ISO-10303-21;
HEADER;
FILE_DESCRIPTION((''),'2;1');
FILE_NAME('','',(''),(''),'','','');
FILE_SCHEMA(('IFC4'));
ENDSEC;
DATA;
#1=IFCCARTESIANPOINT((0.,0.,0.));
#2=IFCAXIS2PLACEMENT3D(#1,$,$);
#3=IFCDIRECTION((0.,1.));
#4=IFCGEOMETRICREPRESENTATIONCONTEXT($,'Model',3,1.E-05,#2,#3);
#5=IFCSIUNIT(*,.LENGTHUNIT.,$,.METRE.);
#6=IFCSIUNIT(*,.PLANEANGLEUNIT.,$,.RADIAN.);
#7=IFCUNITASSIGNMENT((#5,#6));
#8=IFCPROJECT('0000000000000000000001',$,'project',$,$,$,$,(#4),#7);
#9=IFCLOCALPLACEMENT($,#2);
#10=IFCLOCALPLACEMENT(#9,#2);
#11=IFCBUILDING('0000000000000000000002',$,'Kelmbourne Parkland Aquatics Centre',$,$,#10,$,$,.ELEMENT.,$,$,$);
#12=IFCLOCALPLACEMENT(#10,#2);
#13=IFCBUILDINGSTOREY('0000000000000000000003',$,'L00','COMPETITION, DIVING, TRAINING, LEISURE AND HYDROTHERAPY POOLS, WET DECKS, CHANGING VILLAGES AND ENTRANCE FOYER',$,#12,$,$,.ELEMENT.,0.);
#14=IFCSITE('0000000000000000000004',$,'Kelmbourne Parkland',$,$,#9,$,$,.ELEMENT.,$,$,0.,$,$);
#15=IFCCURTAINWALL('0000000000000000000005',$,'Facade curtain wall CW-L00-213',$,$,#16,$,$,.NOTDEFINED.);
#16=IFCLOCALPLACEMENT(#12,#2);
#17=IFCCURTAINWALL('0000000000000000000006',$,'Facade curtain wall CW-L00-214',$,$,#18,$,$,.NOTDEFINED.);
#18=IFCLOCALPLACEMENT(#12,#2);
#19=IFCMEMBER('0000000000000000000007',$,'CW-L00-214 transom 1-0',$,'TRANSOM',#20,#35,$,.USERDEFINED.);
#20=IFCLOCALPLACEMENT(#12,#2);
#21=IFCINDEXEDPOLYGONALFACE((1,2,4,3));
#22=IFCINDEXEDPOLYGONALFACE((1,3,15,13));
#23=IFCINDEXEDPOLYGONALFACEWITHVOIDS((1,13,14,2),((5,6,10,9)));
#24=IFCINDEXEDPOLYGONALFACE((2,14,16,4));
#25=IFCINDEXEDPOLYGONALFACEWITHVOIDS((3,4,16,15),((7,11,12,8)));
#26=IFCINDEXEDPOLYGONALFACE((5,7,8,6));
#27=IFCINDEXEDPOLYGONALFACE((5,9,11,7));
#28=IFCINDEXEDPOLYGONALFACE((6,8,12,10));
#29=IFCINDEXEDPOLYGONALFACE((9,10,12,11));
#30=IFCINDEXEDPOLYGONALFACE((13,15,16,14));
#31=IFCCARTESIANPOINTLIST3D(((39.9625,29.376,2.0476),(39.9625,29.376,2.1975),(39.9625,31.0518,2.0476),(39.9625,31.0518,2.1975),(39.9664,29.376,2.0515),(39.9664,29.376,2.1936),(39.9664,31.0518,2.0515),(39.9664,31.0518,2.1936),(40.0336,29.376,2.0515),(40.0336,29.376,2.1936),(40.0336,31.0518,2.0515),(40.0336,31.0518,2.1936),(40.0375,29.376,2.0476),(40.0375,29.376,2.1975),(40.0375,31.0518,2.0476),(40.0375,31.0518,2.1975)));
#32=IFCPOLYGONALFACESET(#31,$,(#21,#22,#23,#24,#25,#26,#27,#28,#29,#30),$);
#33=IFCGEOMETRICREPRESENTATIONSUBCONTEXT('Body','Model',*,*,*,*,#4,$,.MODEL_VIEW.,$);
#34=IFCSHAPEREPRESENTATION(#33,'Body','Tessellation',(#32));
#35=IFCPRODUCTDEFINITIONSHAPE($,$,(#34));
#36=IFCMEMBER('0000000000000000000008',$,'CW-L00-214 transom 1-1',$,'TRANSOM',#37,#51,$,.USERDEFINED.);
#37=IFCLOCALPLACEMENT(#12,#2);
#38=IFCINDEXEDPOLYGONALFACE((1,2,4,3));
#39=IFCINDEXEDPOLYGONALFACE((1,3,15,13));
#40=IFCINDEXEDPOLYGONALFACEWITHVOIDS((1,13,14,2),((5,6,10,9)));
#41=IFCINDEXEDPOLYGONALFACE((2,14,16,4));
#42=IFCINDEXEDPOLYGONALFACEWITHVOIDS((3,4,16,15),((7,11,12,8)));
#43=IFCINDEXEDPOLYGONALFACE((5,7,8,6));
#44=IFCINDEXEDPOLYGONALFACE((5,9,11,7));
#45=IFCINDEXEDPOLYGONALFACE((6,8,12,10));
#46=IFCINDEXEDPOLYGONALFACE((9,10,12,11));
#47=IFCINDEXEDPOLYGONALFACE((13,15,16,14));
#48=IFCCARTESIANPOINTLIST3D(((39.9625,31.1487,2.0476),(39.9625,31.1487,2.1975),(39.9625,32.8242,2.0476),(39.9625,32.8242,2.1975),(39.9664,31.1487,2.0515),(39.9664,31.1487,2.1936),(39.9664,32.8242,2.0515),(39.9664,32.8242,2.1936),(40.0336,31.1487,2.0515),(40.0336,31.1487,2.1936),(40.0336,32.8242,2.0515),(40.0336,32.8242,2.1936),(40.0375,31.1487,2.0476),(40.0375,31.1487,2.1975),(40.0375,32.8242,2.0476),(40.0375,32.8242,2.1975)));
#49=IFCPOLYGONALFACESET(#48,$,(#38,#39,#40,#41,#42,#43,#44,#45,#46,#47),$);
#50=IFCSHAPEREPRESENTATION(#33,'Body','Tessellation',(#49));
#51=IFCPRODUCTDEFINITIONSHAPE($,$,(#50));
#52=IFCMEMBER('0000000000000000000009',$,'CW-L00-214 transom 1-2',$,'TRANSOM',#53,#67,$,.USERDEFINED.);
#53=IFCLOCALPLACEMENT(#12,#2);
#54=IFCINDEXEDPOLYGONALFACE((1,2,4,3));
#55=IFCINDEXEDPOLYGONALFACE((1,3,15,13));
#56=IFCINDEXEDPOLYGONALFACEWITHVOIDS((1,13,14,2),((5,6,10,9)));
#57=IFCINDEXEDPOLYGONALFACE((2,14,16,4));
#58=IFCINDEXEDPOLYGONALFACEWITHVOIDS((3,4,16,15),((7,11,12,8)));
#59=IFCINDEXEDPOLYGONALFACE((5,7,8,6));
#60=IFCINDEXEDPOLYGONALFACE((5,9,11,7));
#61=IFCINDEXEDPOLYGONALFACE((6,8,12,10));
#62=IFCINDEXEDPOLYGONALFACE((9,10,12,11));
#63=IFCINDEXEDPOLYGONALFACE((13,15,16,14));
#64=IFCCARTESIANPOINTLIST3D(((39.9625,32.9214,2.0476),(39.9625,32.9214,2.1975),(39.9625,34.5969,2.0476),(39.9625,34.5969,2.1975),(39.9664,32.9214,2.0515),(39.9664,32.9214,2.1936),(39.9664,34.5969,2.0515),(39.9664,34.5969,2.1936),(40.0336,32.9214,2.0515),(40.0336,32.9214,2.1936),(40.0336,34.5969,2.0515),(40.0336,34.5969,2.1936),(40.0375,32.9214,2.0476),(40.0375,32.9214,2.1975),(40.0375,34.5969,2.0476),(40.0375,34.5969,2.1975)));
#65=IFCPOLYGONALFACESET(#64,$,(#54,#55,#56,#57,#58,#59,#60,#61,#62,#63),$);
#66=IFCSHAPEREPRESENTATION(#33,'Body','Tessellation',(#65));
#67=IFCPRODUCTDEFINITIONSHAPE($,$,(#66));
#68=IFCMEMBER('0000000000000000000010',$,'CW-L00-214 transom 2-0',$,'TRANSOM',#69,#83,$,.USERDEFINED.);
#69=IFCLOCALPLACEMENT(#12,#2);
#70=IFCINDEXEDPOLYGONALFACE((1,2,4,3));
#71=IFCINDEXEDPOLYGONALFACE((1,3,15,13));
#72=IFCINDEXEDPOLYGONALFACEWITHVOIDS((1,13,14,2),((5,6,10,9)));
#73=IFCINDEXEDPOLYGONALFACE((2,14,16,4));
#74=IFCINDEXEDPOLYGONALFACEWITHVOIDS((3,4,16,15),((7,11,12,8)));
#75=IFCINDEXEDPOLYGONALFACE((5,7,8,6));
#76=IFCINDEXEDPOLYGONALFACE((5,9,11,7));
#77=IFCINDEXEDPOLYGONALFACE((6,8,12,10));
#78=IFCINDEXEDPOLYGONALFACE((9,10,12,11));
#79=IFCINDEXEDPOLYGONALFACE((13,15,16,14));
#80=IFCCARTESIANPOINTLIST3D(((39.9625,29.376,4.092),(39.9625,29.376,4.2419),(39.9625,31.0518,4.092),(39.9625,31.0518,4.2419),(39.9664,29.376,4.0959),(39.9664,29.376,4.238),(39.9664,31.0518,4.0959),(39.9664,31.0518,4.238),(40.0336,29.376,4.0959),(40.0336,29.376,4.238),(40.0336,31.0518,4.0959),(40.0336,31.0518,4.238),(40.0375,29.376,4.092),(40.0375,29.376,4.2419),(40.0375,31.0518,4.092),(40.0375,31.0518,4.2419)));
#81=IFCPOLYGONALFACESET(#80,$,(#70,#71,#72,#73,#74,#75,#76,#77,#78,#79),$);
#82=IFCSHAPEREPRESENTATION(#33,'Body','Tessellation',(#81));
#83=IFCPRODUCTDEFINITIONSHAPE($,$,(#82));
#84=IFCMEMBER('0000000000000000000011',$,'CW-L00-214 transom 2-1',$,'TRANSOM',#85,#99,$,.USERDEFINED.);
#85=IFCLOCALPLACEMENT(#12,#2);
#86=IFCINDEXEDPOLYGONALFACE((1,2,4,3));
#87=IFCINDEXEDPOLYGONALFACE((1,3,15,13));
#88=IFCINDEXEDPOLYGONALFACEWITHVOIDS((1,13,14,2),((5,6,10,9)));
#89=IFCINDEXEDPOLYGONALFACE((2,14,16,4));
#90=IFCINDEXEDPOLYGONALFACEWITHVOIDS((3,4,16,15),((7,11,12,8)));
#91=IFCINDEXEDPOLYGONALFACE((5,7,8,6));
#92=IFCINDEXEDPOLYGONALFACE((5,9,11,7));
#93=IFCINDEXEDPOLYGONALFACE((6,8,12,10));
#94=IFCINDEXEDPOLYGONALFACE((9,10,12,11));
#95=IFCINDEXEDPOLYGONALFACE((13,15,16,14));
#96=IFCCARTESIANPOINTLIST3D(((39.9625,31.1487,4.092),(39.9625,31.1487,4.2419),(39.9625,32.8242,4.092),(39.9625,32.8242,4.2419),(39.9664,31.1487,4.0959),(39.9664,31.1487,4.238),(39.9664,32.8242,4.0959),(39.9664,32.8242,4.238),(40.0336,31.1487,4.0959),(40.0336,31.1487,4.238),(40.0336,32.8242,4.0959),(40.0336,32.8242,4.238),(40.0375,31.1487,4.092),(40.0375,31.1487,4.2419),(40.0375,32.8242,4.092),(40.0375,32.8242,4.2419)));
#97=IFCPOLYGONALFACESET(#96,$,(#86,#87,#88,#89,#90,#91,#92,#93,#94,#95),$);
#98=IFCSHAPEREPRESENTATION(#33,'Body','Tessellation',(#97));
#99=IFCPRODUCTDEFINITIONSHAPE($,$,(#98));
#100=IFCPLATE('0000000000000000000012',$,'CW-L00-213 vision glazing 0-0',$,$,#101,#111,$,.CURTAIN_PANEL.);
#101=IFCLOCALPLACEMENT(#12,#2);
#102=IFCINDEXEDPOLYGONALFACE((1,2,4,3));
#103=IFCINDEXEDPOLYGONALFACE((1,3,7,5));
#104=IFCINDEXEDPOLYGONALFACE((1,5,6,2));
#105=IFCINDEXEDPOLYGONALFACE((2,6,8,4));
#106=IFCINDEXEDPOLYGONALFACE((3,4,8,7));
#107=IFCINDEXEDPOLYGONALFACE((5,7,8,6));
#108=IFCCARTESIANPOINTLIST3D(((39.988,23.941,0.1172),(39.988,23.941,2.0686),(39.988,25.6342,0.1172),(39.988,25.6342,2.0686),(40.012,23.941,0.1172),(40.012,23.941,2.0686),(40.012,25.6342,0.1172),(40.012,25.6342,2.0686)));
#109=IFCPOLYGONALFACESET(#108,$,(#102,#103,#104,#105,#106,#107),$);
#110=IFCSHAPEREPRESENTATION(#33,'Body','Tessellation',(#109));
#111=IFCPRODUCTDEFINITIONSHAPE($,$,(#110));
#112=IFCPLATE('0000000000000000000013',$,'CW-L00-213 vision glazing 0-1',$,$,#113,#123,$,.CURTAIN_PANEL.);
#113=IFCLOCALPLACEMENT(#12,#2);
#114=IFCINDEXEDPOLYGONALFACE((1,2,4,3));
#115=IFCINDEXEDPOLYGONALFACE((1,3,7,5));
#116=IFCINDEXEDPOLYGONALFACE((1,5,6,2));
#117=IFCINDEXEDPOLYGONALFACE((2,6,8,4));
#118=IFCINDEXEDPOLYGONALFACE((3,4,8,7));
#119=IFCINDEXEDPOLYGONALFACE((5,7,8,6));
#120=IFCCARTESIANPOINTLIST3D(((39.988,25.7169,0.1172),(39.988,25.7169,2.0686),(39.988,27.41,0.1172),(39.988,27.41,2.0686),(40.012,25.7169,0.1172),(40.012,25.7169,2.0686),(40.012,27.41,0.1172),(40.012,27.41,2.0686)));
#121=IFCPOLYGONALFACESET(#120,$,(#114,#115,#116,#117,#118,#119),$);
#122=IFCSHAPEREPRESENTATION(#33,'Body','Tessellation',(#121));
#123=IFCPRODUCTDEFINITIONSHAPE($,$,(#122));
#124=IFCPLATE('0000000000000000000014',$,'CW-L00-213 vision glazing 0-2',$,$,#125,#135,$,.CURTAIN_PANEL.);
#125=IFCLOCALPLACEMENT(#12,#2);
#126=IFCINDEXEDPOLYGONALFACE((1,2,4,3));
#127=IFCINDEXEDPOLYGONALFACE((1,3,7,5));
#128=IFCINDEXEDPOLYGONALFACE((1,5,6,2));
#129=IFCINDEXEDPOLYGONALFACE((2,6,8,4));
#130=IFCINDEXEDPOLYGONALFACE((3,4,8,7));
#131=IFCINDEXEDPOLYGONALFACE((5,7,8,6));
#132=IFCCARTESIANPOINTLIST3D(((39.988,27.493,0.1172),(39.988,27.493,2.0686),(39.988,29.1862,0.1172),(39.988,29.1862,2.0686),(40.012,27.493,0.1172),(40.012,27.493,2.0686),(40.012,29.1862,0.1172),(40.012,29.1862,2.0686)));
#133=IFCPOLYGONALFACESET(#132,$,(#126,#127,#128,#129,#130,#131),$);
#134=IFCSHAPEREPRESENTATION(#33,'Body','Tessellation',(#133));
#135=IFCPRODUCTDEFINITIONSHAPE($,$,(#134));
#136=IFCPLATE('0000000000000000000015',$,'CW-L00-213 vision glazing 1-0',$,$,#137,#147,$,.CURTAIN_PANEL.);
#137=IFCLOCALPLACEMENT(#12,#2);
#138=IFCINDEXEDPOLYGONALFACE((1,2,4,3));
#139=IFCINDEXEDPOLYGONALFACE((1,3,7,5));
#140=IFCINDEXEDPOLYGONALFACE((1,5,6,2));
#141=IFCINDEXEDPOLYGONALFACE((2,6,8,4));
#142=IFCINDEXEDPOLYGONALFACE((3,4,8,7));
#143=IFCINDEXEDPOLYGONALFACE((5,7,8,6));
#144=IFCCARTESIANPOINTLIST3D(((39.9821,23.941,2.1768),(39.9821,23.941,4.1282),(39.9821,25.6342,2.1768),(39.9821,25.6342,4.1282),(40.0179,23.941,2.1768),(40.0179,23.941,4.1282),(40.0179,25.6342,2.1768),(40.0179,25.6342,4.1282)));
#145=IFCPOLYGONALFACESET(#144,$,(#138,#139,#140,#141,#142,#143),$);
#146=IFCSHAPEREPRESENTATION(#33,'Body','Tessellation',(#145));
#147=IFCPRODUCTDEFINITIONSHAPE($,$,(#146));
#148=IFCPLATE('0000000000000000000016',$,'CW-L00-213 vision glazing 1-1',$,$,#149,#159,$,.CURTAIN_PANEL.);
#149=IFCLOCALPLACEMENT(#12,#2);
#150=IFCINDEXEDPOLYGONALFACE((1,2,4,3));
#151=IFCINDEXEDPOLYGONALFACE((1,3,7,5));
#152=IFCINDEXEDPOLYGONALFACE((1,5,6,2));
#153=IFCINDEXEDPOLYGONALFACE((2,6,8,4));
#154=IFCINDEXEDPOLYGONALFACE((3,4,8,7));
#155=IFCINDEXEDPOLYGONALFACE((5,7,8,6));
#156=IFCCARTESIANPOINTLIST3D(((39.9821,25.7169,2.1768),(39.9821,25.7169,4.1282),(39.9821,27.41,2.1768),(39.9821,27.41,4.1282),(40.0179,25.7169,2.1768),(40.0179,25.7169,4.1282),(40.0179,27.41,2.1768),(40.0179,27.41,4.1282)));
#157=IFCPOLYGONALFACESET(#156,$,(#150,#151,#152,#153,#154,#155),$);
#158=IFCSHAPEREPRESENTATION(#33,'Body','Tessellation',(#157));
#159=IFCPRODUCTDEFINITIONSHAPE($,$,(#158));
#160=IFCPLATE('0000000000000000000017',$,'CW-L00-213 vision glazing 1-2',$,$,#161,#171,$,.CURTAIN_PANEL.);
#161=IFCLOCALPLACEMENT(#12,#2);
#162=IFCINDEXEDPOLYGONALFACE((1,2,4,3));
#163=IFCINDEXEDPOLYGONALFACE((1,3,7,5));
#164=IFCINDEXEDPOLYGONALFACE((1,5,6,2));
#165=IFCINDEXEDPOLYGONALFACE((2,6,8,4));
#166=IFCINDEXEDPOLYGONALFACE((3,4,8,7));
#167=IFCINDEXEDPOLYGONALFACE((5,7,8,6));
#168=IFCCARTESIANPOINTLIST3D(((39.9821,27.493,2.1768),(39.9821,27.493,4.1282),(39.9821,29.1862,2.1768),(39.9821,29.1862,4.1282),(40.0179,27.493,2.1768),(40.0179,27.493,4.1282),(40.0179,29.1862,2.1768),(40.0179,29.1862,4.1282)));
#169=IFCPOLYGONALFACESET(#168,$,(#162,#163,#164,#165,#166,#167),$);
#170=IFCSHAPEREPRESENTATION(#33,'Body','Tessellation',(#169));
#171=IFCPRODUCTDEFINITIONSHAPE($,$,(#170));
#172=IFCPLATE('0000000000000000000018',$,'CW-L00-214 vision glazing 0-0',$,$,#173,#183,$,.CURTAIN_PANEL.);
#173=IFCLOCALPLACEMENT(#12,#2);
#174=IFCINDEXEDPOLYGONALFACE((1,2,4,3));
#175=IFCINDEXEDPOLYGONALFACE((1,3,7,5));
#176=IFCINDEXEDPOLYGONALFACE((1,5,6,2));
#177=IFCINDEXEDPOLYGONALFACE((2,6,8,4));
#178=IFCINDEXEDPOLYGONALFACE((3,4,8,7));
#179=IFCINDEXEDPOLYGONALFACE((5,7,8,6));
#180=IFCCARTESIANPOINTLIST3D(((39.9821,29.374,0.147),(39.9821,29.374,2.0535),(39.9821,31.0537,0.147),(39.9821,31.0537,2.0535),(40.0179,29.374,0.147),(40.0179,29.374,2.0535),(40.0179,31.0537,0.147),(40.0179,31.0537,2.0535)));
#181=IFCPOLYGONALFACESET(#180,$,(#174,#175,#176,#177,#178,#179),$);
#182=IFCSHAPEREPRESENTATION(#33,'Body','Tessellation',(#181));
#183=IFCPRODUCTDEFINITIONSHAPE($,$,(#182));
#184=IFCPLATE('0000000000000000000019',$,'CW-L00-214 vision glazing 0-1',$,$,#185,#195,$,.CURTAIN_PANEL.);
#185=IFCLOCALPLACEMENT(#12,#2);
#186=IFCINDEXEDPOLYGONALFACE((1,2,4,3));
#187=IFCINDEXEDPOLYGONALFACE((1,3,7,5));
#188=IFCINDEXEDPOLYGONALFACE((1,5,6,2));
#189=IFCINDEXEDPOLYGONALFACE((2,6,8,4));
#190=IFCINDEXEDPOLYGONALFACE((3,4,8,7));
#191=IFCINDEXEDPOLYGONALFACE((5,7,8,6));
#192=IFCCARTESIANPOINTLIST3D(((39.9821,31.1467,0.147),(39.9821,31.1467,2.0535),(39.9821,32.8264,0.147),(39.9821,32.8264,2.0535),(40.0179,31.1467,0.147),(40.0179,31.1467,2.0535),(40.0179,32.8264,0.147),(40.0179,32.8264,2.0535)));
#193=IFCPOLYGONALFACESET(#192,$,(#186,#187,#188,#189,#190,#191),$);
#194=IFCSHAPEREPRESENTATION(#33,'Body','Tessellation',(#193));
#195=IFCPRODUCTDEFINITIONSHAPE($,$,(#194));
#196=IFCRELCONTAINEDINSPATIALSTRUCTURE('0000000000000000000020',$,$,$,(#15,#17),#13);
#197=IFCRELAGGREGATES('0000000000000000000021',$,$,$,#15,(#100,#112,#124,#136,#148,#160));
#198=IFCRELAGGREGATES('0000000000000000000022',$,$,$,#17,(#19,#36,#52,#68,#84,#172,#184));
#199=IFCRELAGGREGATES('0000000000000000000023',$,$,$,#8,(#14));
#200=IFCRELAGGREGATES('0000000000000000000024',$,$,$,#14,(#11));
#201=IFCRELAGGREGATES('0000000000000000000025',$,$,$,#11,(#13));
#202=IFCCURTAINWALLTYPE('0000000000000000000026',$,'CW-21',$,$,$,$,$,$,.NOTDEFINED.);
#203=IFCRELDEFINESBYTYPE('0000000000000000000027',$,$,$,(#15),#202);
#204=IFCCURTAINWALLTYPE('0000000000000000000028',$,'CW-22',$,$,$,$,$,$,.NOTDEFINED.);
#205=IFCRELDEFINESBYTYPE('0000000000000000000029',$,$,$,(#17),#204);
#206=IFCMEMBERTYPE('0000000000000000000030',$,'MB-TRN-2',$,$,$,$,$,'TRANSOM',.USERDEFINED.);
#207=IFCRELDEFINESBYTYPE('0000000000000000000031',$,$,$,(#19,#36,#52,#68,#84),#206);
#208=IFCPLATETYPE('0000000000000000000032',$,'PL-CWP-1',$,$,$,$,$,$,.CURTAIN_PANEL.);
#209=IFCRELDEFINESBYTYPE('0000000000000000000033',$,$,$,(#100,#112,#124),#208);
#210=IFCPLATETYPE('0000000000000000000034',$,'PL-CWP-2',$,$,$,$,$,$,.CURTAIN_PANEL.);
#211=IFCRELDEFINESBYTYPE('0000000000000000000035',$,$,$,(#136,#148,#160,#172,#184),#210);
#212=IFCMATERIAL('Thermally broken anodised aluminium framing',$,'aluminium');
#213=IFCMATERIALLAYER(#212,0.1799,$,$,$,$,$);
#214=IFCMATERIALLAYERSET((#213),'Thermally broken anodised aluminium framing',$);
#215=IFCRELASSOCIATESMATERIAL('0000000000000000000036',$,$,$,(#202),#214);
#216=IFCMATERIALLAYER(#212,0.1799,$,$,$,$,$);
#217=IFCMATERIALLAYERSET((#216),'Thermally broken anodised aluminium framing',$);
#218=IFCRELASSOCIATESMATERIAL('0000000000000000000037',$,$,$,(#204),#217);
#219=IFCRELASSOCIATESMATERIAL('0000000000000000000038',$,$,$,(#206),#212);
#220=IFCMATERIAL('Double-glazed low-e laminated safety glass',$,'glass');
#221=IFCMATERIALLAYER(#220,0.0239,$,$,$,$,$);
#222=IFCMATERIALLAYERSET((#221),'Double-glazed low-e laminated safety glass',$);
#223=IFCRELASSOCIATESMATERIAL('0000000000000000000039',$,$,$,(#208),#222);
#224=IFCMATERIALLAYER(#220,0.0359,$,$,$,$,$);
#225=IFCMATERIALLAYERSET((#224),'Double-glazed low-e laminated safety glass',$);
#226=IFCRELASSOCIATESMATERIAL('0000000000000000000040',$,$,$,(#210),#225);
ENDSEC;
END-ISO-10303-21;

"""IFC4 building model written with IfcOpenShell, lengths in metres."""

from ifc_helpers import new_model, si_unit, direction, frame, origin, origin_2d, place, context, subcontext, project, spatial, rectangle, hollow_rectangle, extrude, material, layer, layer_set, material_profile, profile_set, type_object, element, aggregate, save


model = new_model("IFC4")

# Units and contexts
model_context = context("Model", 3, precision=1e-05, world=origin(), true_north=direction((0.0, 1.0)))
body_context = subcontext(model_context, "Body", "Model", "MODEL_VIEW")
ifc_project = project(units=[si_unit("LENGTHUNIT", "METRE"), si_unit("PLANEANGLEUNIT", "RADIAN")], contexts=[model_context])

# Site, building, storey
site_placement = place(None, origin())
site = spatial("IfcSite", under=ifc_project, at=site_placement, Name="Kelmbourne Parkland", CompositionType="ELEMENT", RefElevation=0.0)
building_placement = place(site_placement, origin())
building = spatial("IfcBuilding", under=site, at=building_placement, Name="Kelmbourne Parkland Aquatics Centre", CompositionType="ELEMENT")
storey_placement = place(building_placement, origin())
storey = spatial("IfcBuildingStorey", under=building, at=storey_placement, Name="L00", Description="COMPETITION, DIVING, TRAINING, LEISURE AND HYDROTHERAPY POOLS, WET DECKS, CHANGING VILLAGES AND ENTRANCE FOYER", CompositionType="ELEMENT", Elevation=0.0)

# Curtain walls
ifc_material_1 = material(Name="Thermally broken anodised aluminium framing", Category="aluminium")
ifc_layer_1 = layer(ifc_material_1, 0.1799)
ifc_layer_set_1 = layer_set([ifc_layer_1], Name="Thermally broken anodised aluminium framing")
curtain_wall_type_1 = type_object("IfcCurtainWallType", Name="CW-21", PredefinedType="NOTDEFINED", material=ifc_layer_set_1)
curtain_wall_1_placement = place(storey_placement, origin())
curtain_wall_1 = element("IfcCurtainWall", 1, at=curtain_wall_1_placement, inside=storey, type_object=curtain_wall_type_1, Name="Facade curtain wall CW-L00-213", PredefinedType="NOTDEFINED")
ifc_layer_2 = layer(ifc_material_1, 0.1799)
ifc_layer_set_2 = layer_set([ifc_layer_2], Name="Thermally broken anodised aluminium framing")
curtain_wall_type_2 = type_object("IfcCurtainWallType", Name="CW-22", PredefinedType="NOTDEFINED", material=ifc_layer_set_2)
curtain_wall_2_placement = place(storey_placement, origin())
curtain_wall_2 = element("IfcCurtainWall", 2, at=curtain_wall_2_placement, inside=storey, type_object=curtain_wall_type_2, Name="Facade curtain wall CW-L00-214", PredefinedType="NOTDEFINED")

# Members
ifc_material_profile_1 = material_profile(ifc_material_1, hollow_rectangle(XDim=0.075, YDim=0.1499, WallThickness=0.0039, at=origin_2d()), Name="CW-T 75x150")
ifc_profile_set_1 = profile_set([ifc_material_profile_1], Name="Thermally broken anodised aluminium framing")
member_type_1 = type_object("IfcMemberType", Name="MB-TRN-2", ElementType="TRANSOM", PredefinedType="USERDEFINED", material=ifc_profile_set_1)
member_1_placement = place(storey_placement, frame((40.0, 29.376, 2.1226), z_axis=(0.0, 1.0, 0.0), x_axis=(-1.0, 0.0, 0.0)))
member_1 = element("IfcMember", 3, at=member_1_placement, type_object=member_type_1, Name="CW-L00-214 transom 1-0", ObjectType="TRANSOM", PredefinedType="USERDEFINED", context=body_context, shape_type="SweptSolid", body=[
    extrude(hollow_rectangle(XDim=0.075, YDim=0.1499, WallThickness=0.0039, at=origin_2d()), origin(), (0.0, 0.0, 1.0), 1.6758),
])
member_2_placement = place(storey_placement, frame((40.0, 31.1487, 2.1226), z_axis=(0.0, 1.0, 0.0), x_axis=(-1.0, 0.0, 0.0)))
member_2 = element("IfcMember", 4, at=member_2_placement, type_object=member_type_1, Name="CW-L00-214 transom 1-1", ObjectType="TRANSOM", PredefinedType="USERDEFINED", context=body_context, shape_type="SweptSolid", body=[
    extrude(hollow_rectangle(XDim=0.075, YDim=0.1499, WallThickness=0.0039, at=origin_2d()), origin(), (0.0, 0.0, 1.0), 1.6755),
])
member_3_placement = place(storey_placement, frame((40.0, 32.9214, 2.1226), z_axis=(0.0, 1.0, 0.0), x_axis=(-1.0, 0.0, 0.0)))
member_3 = element("IfcMember", 5, at=member_3_placement, type_object=member_type_1, Name="CW-L00-214 transom 1-2", ObjectType="TRANSOM", PredefinedType="USERDEFINED", context=body_context, shape_type="SweptSolid", body=[
    extrude(hollow_rectangle(XDim=0.075, YDim=0.1499, WallThickness=0.0039, at=origin_2d()), origin(), (0.0, 0.0, 1.0), 1.6755),
])
member_4_placement = place(storey_placement, frame((40.0, 29.376, 4.167), z_axis=(0.0, 1.0, 0.0), x_axis=(-1.0, 0.0, 0.0)))
member_4 = element("IfcMember", 6, at=member_4_placement, type_object=member_type_1, Name="CW-L00-214 transom 2-0", ObjectType="TRANSOM", PredefinedType="USERDEFINED", context=body_context, shape_type="SweptSolid", body=[
    extrude(hollow_rectangle(XDim=0.075, YDim=0.1499, WallThickness=0.0039, at=origin_2d()), origin(), (0.0, 0.0, 1.0), 1.6758),
])
member_5_placement = place(storey_placement, frame((40.0, 31.1487, 4.167), z_axis=(0.0, 1.0, 0.0), x_axis=(-1.0, 0.0, 0.0)))
member_5 = element("IfcMember", 7, at=member_5_placement, type_object=member_type_1, Name="CW-L00-214 transom 2-1", ObjectType="TRANSOM", PredefinedType="USERDEFINED", context=body_context, shape_type="SweptSolid", body=[
    extrude(hollow_rectangle(XDim=0.075, YDim=0.1499, WallThickness=0.0039, at=origin_2d()), origin(), (0.0, 0.0, 1.0), 1.6755),
])

# Plates
ifc_material_2 = material(Name="Double-glazed low-e laminated safety glass", Category="glass")
ifc_layer_3 = layer(ifc_material_2, 0.0239)
ifc_layer_set_3 = layer_set([ifc_layer_3], Name="Double-glazed low-e laminated safety glass")
plate_type_1 = type_object("IfcPlateType", Name="PL-CWP-1", PredefinedType="CURTAIN_PANEL", material=ifc_layer_set_3)
plate_1_placement = place(storey_placement, frame((40.0, 24.7876, 0.1172), z_axis=(0.0, 0.0, 1.0), x_axis=(0.0, 1.0, 0.0)))
plate_1 = element("IfcPlate", 8, at=plate_1_placement, type_object=plate_type_1, Name="CW-L00-213 vision glazing 0-0", PredefinedType="CURTAIN_PANEL", context=body_context, shape_type="SweptSolid", body=[
    extrude(rectangle(XDim=1.6931, YDim=0.0239, at=origin_2d()), origin(), (0.0, 0.0, 1.0), 1.9514),
])
plate_2_placement = place(storey_placement, frame((40.0, 26.5635, 0.1172), z_axis=(0.0, 0.0, 1.0), x_axis=(0.0, 1.0, 0.0)))
plate_2 = element("IfcPlate", 9, at=plate_2_placement, type_object=plate_type_1, Name="CW-L00-213 vision glazing 0-1", PredefinedType="CURTAIN_PANEL", context=body_context, shape_type="SweptSolid", body=[
    extrude(rectangle(XDim=1.6931, YDim=0.0239, at=origin_2d()), origin(), (0.0, 0.0, 1.0), 1.9514),
])
plate_3_placement = place(storey_placement, frame((40.0, 28.3396, 0.1172), z_axis=(0.0, 0.0, 1.0), x_axis=(0.0, 1.0, 0.0)))
plate_3 = element("IfcPlate", 10, at=plate_3_placement, type_object=plate_type_1, Name="CW-L00-213 vision glazing 0-2", PredefinedType="CURTAIN_PANEL", context=body_context, shape_type="SweptSolid", body=[
    extrude(rectangle(XDim=1.6931, YDim=0.0239, at=origin_2d()), origin(), (0.0, 0.0, 1.0), 1.9514),
])
ifc_layer_4 = layer(ifc_material_2, 0.0359)
ifc_layer_set_4 = layer_set([ifc_layer_4], Name="Double-glazed low-e laminated safety glass")
plate_type_2 = type_object("IfcPlateType", Name="PL-CWP-2", PredefinedType="CURTAIN_PANEL", material=ifc_layer_set_4)
plate_4_placement = place(storey_placement, frame((40.0, 24.7876, 2.1768), z_axis=(0.0, 0.0, 1.0), x_axis=(0.0, 1.0, 0.0)))
plate_4 = element("IfcPlate", 11, at=plate_4_placement, type_object=plate_type_2, Name="CW-L00-213 vision glazing 1-0", PredefinedType="CURTAIN_PANEL", context=body_context, shape_type="SweptSolid", body=[
    extrude(rectangle(XDim=1.6931, YDim=0.0359, at=origin_2d()), origin(), (0.0, 0.0, 1.0), 1.9514),
])
plate_5_placement = place(storey_placement, frame((40.0, 26.5635, 2.1768), z_axis=(0.0, 0.0, 1.0), x_axis=(0.0, 1.0, 0.0)))
plate_5 = element("IfcPlate", 12, at=plate_5_placement, type_object=plate_type_2, Name="CW-L00-213 vision glazing 1-1", PredefinedType="CURTAIN_PANEL", context=body_context, shape_type="SweptSolid", body=[
    extrude(rectangle(XDim=1.6931, YDim=0.0359, at=origin_2d()), origin(), (0.0, 0.0, 1.0), 1.9514),
])
plate_6_placement = place(storey_placement, frame((40.0, 28.3396, 2.1768), z_axis=(0.0, 0.0, 1.0), x_axis=(0.0, 1.0, 0.0)))
plate_6 = element("IfcPlate", 13, at=plate_6_placement, type_object=plate_type_2, Name="CW-L00-213 vision glazing 1-2", PredefinedType="CURTAIN_PANEL", context=body_context, shape_type="SweptSolid", body=[
    extrude(rectangle(XDim=1.6931, YDim=0.0359, at=origin_2d()), origin(), (0.0, 0.0, 1.0), 1.9514),
])
aggregate(curtain_wall_1, [plate_1, plate_2, plate_3, plate_4, plate_5, plate_6])
plate_7_placement = place(storey_placement, frame((40.0, 30.2139, 0.147), z_axis=(0.0, 0.0, 1.0), x_axis=(0.0, 1.0, 0.0)))
plate_7 = element("IfcPlate", 14, at=plate_7_placement, type_object=plate_type_2, Name="CW-L00-214 vision glazing 0-0", PredefinedType="CURTAIN_PANEL", context=body_context, shape_type="SweptSolid", body=[
    extrude(rectangle(XDim=1.6797, YDim=0.0359, at=origin_2d()), origin(), (0.0, 0.0, 1.0), 1.9065),
])
plate_8_placement = place(storey_placement, frame((40.0, 31.9866, 0.147), z_axis=(0.0, 0.0, 1.0), x_axis=(0.0, 1.0, 0.0)))
plate_8 = element("IfcPlate", 15, at=plate_8_placement, type_object=plate_type_2, Name="CW-L00-214 vision glazing 0-1", PredefinedType="CURTAIN_PANEL", context=body_context, shape_type="SweptSolid", body=[
    extrude(rectangle(XDim=1.6797, YDim=0.0359, at=origin_2d()), origin(), (0.0, 0.0, 1.0), 1.9065),
])
aggregate(curtain_wall_2, [member_1, member_2, member_3, member_4, member_5, plate_7, plate_8])

save(model, "model.ifc")
